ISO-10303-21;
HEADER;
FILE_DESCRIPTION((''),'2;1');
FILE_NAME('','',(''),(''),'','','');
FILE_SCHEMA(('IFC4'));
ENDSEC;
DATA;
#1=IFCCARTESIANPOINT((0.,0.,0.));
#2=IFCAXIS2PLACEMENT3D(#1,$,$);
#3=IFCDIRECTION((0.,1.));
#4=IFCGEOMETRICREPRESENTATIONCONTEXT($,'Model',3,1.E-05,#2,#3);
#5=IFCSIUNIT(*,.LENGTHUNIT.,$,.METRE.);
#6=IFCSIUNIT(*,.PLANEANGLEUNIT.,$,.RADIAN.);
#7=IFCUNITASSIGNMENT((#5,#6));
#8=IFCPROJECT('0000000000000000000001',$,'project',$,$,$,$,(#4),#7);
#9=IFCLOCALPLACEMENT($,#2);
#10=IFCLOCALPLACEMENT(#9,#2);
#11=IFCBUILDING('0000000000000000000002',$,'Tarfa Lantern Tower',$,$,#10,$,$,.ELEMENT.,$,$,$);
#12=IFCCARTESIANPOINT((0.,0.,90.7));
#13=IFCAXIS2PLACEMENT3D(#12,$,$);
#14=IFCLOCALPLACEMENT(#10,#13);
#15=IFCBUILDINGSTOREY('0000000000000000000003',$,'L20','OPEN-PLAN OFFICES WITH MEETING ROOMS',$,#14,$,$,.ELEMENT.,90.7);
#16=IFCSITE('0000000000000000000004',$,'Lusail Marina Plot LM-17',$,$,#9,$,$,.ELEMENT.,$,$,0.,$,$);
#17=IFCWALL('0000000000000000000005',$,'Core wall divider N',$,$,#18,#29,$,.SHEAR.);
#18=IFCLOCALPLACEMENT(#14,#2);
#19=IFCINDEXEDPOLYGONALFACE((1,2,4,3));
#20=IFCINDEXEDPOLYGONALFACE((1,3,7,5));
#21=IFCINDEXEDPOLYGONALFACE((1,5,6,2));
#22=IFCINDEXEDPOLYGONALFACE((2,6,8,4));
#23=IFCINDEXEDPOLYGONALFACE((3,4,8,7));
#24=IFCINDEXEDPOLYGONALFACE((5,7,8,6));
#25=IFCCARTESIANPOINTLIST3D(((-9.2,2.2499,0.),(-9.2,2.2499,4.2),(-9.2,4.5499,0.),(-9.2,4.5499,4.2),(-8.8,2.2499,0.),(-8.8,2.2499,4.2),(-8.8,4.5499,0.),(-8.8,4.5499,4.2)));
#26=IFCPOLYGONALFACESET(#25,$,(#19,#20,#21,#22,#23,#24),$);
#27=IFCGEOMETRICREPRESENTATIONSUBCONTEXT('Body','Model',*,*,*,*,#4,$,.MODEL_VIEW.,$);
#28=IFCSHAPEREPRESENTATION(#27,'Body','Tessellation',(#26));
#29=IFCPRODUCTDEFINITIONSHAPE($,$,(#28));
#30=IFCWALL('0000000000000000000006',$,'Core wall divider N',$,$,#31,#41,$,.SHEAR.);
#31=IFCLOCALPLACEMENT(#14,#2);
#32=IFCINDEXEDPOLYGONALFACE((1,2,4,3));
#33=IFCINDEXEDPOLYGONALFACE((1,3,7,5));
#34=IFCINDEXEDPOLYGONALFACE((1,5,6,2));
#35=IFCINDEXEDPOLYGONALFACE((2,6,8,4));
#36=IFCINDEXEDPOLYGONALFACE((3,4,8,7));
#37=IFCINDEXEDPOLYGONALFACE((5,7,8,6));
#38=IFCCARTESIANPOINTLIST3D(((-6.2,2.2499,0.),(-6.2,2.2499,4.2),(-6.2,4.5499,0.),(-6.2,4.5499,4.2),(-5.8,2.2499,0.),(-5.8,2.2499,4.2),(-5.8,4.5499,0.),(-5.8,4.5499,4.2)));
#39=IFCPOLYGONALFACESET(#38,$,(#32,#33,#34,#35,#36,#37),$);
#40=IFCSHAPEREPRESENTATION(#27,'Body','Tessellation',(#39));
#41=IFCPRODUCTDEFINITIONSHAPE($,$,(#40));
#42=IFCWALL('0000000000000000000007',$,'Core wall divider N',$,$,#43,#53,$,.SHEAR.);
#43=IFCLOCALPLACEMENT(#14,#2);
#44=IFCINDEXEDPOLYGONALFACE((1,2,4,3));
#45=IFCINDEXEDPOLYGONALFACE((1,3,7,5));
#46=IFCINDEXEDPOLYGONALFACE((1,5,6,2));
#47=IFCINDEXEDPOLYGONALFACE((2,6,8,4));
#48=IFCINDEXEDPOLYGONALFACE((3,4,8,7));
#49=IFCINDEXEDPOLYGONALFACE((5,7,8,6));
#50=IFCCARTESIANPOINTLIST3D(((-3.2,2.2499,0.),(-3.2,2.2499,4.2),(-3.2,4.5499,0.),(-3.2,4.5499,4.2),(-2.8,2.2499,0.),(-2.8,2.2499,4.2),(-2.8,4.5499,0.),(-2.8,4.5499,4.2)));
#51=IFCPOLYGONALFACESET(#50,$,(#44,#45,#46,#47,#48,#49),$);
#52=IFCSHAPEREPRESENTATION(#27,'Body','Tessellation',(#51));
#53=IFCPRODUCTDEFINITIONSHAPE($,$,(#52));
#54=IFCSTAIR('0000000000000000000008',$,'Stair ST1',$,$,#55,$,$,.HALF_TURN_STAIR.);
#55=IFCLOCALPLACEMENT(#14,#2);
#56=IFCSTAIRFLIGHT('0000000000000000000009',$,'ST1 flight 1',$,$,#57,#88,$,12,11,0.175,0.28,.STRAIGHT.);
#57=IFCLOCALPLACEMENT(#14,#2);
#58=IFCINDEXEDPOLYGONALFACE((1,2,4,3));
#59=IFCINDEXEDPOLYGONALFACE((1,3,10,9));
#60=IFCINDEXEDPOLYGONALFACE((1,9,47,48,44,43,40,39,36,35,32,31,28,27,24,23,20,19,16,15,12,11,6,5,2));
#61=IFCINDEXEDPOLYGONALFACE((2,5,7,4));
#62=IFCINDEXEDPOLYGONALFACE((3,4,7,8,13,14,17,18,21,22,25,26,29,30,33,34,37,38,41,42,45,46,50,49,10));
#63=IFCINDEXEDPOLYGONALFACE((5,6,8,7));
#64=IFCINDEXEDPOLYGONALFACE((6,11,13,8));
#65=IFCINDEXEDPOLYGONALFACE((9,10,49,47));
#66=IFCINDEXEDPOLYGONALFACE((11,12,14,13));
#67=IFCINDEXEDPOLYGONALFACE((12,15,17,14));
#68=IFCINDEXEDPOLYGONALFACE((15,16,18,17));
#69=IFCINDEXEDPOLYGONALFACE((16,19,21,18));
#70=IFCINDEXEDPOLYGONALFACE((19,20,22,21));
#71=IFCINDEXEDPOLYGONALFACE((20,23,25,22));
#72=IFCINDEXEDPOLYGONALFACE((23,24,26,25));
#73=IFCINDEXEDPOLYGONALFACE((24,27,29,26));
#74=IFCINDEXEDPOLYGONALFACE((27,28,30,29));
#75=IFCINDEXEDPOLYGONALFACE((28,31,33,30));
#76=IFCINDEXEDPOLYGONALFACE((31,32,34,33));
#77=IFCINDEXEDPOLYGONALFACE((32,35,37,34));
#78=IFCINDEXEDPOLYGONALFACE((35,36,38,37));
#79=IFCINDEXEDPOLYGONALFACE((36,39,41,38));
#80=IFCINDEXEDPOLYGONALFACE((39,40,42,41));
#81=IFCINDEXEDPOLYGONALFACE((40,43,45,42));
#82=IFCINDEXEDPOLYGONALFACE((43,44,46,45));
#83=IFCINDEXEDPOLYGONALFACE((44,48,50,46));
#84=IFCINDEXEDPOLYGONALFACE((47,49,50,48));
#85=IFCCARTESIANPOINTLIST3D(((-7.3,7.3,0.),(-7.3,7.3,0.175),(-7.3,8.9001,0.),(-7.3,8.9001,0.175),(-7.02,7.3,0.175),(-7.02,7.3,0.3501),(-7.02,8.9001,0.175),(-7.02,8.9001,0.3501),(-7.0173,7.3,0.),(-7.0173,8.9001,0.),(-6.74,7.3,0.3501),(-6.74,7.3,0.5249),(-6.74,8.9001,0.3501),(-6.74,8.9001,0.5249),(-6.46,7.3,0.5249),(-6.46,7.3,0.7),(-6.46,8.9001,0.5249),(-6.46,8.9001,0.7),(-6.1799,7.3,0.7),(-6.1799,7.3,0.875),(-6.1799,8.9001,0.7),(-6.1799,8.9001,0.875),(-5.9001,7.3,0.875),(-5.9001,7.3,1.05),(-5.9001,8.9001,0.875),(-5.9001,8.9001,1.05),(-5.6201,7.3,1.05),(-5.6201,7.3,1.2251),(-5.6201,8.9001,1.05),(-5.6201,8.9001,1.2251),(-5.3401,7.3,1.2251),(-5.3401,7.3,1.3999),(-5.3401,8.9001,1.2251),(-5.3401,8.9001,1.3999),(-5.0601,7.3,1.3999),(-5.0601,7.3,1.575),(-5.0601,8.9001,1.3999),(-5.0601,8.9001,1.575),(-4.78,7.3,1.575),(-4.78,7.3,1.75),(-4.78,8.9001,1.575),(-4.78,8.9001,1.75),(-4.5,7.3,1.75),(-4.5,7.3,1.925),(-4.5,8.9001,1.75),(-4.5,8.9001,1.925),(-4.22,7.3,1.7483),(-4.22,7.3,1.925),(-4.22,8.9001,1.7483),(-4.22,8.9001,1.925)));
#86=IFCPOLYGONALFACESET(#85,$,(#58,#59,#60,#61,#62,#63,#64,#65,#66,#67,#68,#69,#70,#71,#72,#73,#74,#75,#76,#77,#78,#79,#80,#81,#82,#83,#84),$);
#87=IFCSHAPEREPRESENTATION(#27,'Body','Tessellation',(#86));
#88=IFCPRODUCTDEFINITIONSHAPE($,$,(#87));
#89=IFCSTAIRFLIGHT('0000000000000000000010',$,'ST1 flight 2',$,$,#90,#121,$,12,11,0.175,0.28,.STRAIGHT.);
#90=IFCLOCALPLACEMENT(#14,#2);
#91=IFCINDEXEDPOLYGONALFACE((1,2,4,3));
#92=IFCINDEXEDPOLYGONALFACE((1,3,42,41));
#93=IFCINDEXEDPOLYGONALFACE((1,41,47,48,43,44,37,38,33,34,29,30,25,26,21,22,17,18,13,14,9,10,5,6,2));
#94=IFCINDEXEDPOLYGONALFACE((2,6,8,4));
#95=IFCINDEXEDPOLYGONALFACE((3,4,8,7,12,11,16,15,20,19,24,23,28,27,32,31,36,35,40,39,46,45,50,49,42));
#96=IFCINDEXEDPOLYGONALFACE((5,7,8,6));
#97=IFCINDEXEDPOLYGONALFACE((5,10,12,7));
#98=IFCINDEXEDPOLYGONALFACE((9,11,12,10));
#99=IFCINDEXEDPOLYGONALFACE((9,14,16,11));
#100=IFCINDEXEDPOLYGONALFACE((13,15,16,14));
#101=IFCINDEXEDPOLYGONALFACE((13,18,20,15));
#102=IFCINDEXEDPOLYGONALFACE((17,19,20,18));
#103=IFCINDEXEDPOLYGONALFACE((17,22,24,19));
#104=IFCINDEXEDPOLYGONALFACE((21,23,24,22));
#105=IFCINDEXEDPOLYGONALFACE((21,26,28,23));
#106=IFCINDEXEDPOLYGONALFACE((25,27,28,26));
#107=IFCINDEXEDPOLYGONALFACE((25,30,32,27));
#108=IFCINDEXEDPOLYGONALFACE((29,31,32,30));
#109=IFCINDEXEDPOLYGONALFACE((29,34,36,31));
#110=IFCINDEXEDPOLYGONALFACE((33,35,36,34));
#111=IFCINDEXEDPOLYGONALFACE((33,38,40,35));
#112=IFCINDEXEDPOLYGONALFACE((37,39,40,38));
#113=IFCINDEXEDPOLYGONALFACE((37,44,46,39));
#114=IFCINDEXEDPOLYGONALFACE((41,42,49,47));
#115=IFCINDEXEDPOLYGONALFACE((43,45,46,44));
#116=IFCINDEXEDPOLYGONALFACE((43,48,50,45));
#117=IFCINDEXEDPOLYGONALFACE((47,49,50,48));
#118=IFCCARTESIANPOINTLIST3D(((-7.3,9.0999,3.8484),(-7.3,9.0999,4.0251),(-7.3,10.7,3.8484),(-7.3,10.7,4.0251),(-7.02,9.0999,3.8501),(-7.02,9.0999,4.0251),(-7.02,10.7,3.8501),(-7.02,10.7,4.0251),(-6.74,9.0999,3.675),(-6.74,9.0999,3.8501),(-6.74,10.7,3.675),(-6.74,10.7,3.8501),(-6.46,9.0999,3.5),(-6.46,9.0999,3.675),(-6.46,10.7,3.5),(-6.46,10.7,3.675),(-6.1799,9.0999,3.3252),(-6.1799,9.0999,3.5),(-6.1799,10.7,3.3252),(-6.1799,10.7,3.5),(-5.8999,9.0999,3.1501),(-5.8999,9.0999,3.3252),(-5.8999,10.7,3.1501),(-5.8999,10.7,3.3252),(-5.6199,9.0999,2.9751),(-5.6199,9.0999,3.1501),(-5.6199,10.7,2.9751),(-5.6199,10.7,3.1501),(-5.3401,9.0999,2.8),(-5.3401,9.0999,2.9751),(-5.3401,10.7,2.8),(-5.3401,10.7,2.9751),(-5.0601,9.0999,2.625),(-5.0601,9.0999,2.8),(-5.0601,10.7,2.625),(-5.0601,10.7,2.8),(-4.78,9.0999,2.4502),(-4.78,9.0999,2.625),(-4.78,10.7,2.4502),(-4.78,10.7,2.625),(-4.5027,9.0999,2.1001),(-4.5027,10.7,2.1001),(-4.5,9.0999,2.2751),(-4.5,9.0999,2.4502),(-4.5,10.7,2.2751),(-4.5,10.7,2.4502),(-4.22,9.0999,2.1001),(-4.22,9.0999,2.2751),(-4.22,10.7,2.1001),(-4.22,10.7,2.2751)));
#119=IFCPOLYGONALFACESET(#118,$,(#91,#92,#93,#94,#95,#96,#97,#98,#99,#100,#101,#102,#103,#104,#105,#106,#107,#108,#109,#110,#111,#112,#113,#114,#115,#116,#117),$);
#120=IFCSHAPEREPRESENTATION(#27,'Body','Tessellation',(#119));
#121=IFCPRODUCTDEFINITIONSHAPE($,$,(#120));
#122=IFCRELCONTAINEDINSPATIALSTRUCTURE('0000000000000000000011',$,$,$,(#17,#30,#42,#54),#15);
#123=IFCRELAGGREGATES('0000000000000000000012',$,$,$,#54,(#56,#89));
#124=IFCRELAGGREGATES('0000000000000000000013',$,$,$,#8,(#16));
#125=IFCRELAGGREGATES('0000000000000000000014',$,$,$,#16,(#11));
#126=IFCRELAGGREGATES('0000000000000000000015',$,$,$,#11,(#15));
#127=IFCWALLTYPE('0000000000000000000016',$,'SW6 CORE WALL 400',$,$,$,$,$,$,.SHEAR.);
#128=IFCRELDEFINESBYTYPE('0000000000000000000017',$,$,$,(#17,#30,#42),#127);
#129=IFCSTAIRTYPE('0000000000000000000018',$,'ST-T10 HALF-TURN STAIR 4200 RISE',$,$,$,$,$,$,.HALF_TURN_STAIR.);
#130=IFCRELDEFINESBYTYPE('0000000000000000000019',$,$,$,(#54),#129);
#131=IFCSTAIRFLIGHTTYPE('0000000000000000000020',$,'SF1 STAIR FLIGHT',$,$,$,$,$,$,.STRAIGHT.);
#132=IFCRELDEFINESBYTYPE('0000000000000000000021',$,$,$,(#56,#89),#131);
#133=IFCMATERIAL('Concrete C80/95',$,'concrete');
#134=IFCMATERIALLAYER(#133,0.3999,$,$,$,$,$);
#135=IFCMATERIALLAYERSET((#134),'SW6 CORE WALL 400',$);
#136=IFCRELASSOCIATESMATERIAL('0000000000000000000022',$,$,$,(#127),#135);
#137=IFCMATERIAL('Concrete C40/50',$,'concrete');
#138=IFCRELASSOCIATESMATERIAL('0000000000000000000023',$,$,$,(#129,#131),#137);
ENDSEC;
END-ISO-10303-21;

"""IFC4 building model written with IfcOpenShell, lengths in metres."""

from ifc_helpers import new_model, si_unit, direction, frame, frame_2d, origin, place, context, subcontext, project, spatial, polyline, rectangle, outline, extrude, material, layer, layer_set, type_object, element, aggregate, save


model = new_model("IFC4")

# Units and contexts
model_context = context("Model", 3, precision=1e-05, world=origin(), true_north=direction((0.0, 1.0)))
body_context = subcontext(model_context, "Body", "Model", "MODEL_VIEW")
ifc_project = project(units=[si_unit("LENGTHUNIT", "METRE"), si_unit("PLANEANGLEUNIT", "RADIAN")], contexts=[model_context])

# Site, building, storey
site_placement = place(None, origin())
site = spatial("IfcSite", under=ifc_project, at=site_placement, Name="Lusail Marina Plot LM-17", CompositionType="ELEMENT", RefElevation=0.0)
building_placement = place(site_placement, origin())
building = spatial("IfcBuilding", under=site, at=building_placement, Name="Tarfa Lantern Tower", CompositionType="ELEMENT")
storey_placement = place(building_placement, frame((0.0, 0.0, 90.7)))
storey = spatial("IfcBuildingStorey", under=building, at=storey_placement, Name="L20", Description="OPEN-PLAN OFFICES WITH MEETING ROOMS", CompositionType="ELEMENT", Elevation=90.7)

# Shared definitions
ifc_material_1 = material(Name="Concrete C80/95", Category="concrete")

# Walls
ifc_layer_1 = layer(ifc_material_1, 0.3999)
ifc_layer_set_1 = layer_set([ifc_layer_1], Name="SW6 CORE WALL 400")
wall_type_1 = type_object("IfcWallType", Name="SW6 CORE WALL 400", PredefinedType="SHEAR", material=ifc_layer_set_1)
for number, where, z_axis, x_axis, name in (
    (1, (-9.0, 2.25, 0.0), (0.0, 0.0, 1.0), (0.0, 1.0, 0.0), "Core wall divider N"),
    (2, (-6.0, 2.25, 0.0), (0.0, 0.0, 1.0), (0.0, 1.0, 0.0), "Core wall divider N"),
    (3, (-3.0, 2.25, 0.0), (0.0, 0.0, 1.0), (0.0, 1.0, 0.0), "Core wall divider N"),
):
    element("IfcWall", number, at=place(storey_placement, frame(where, z_axis=z_axis, x_axis=x_axis)), inside=storey, type_object=wall_type_1, Name=name, PredefinedType="SHEAR", context=body_context, shape_type="SweptSolid", body=[
        extrude(rectangle(XDim=2.3, YDim=0.3999, at=frame_2d((1.1499, 0.0))), origin(), (0.0, 0.0, 1.0), 4.2),
    ])

# Stair, stair flights
ifc_material_2 = material(Name="Concrete C40/50", Category="concrete")
stair_type = type_object("IfcStairType", Name="ST-T10 HALF-TURN STAIR 4200 RISE", PredefinedType="HALF_TURN_STAIR", material=ifc_material_2)
stair_placement = place(storey_placement, origin())
stair = element("IfcStair", 4, at=stair_placement, inside=storey, type_object=stair_type, Name="Stair ST1", PredefinedType="HALF_TURN_STAIR")
stair_flight_type = type_object("IfcStairFlightType", Name="SF1 STAIR FLIGHT", PredefinedType="STRAIGHT", material=ifc_material_2)
stair_flight_1_placement = place(storey_placement, frame((-7.3, 8.1001, 0.0), z_axis=(0.0, 0.0, 1.0), x_axis=(1.0, 0.0, 0.0)))
stair_flight_1 = element("IfcStairFlight", 5, at=stair_flight_1_placement, type_object=stair_flight_type, Name="ST1 flight 1", NumberOfRisers=12, NumberOfTreads=11, PredefinedType="STRAIGHT", RiserHeight=0.175, TreadLength=0.28, context=body_context, shape_type="SweptSolid", body=[
    extrude(outline(polyline([(0.0, 0.0), (0.0, 0.175), (0.28, 0.175), (0.28, 0.3501), (0.5601, 0.3501), (0.5601, 0.5249), (0.8401, 0.5249), (0.8401, 0.7), (1.1201, 0.7), (1.1201, 0.875), (1.3999, 0.875), (1.3999, 1.05), (1.6799, 1.05), (1.6799, 1.2251), (1.96, 1.2251), (1.96, 1.3999), (2.24, 1.3999), (2.24, 1.575), (2.52, 1.575), (2.52, 1.75), (2.8, 1.75), (2.8, 1.925), (3.0801, 1.925), (3.0801, 2.1001), (3.0801, 1.7483), (0.2827, 0.0), (0.0, 0.0)])), frame((0.0, 0.8, 0.0), z_axis=(0.0, -1.0, 0.0), x_axis=(1.0, 0.0, 0.0)), (0.0, 0.0, 1.0), 1.6001),
])
stair_flight_2_placement = place(storey_placement, frame((-4.22, 9.8999, 2.1001), z_axis=(0.0, 0.0, 1.0), x_axis=(-1.0, 0.0, 0.0)))
stair_flight_2 = element("IfcStairFlight", 6, at=stair_flight_2_placement, type_object=stair_flight_type, Name="ST1 flight 2", NumberOfRisers=12, NumberOfTreads=11, PredefinedType="STRAIGHT", RiserHeight=0.175, TreadLength=0.28, context=body_context, shape_type="SweptSolid", body=[
    extrude(outline(polyline([(0.0, 0.0), (0.0, 0.175), (0.28, 0.175), (0.28, 0.3501), (0.5601, 0.3501), (0.5601, 0.5249), (0.8401, 0.5249), (0.8401, 0.7), (1.1201, 0.7), (1.1201, 0.875), (1.3999, 0.875), (1.3999, 1.05), (1.6799, 1.05), (1.6799, 1.2251), (1.96, 1.2251), (1.96, 1.3999), (2.24, 1.3999), (2.24, 1.575), (2.52, 1.575), (2.52, 1.75), (2.8, 1.75), (2.8, 1.925), (3.0801, 1.925), (3.0801, 2.1001), (3.0801, 1.7483), (0.2827, 0.0), (0.0, 0.0)])), frame((0.0, 0.8, 0.0), z_axis=(0.0, -1.0, 0.0), x_axis=(1.0, 0.0, 0.0)), (0.0, 0.0, 1.0), 1.6001),
])
aggregate(stair, [stair_flight_1, stair_flight_2])

save(model, "model.ifc")
